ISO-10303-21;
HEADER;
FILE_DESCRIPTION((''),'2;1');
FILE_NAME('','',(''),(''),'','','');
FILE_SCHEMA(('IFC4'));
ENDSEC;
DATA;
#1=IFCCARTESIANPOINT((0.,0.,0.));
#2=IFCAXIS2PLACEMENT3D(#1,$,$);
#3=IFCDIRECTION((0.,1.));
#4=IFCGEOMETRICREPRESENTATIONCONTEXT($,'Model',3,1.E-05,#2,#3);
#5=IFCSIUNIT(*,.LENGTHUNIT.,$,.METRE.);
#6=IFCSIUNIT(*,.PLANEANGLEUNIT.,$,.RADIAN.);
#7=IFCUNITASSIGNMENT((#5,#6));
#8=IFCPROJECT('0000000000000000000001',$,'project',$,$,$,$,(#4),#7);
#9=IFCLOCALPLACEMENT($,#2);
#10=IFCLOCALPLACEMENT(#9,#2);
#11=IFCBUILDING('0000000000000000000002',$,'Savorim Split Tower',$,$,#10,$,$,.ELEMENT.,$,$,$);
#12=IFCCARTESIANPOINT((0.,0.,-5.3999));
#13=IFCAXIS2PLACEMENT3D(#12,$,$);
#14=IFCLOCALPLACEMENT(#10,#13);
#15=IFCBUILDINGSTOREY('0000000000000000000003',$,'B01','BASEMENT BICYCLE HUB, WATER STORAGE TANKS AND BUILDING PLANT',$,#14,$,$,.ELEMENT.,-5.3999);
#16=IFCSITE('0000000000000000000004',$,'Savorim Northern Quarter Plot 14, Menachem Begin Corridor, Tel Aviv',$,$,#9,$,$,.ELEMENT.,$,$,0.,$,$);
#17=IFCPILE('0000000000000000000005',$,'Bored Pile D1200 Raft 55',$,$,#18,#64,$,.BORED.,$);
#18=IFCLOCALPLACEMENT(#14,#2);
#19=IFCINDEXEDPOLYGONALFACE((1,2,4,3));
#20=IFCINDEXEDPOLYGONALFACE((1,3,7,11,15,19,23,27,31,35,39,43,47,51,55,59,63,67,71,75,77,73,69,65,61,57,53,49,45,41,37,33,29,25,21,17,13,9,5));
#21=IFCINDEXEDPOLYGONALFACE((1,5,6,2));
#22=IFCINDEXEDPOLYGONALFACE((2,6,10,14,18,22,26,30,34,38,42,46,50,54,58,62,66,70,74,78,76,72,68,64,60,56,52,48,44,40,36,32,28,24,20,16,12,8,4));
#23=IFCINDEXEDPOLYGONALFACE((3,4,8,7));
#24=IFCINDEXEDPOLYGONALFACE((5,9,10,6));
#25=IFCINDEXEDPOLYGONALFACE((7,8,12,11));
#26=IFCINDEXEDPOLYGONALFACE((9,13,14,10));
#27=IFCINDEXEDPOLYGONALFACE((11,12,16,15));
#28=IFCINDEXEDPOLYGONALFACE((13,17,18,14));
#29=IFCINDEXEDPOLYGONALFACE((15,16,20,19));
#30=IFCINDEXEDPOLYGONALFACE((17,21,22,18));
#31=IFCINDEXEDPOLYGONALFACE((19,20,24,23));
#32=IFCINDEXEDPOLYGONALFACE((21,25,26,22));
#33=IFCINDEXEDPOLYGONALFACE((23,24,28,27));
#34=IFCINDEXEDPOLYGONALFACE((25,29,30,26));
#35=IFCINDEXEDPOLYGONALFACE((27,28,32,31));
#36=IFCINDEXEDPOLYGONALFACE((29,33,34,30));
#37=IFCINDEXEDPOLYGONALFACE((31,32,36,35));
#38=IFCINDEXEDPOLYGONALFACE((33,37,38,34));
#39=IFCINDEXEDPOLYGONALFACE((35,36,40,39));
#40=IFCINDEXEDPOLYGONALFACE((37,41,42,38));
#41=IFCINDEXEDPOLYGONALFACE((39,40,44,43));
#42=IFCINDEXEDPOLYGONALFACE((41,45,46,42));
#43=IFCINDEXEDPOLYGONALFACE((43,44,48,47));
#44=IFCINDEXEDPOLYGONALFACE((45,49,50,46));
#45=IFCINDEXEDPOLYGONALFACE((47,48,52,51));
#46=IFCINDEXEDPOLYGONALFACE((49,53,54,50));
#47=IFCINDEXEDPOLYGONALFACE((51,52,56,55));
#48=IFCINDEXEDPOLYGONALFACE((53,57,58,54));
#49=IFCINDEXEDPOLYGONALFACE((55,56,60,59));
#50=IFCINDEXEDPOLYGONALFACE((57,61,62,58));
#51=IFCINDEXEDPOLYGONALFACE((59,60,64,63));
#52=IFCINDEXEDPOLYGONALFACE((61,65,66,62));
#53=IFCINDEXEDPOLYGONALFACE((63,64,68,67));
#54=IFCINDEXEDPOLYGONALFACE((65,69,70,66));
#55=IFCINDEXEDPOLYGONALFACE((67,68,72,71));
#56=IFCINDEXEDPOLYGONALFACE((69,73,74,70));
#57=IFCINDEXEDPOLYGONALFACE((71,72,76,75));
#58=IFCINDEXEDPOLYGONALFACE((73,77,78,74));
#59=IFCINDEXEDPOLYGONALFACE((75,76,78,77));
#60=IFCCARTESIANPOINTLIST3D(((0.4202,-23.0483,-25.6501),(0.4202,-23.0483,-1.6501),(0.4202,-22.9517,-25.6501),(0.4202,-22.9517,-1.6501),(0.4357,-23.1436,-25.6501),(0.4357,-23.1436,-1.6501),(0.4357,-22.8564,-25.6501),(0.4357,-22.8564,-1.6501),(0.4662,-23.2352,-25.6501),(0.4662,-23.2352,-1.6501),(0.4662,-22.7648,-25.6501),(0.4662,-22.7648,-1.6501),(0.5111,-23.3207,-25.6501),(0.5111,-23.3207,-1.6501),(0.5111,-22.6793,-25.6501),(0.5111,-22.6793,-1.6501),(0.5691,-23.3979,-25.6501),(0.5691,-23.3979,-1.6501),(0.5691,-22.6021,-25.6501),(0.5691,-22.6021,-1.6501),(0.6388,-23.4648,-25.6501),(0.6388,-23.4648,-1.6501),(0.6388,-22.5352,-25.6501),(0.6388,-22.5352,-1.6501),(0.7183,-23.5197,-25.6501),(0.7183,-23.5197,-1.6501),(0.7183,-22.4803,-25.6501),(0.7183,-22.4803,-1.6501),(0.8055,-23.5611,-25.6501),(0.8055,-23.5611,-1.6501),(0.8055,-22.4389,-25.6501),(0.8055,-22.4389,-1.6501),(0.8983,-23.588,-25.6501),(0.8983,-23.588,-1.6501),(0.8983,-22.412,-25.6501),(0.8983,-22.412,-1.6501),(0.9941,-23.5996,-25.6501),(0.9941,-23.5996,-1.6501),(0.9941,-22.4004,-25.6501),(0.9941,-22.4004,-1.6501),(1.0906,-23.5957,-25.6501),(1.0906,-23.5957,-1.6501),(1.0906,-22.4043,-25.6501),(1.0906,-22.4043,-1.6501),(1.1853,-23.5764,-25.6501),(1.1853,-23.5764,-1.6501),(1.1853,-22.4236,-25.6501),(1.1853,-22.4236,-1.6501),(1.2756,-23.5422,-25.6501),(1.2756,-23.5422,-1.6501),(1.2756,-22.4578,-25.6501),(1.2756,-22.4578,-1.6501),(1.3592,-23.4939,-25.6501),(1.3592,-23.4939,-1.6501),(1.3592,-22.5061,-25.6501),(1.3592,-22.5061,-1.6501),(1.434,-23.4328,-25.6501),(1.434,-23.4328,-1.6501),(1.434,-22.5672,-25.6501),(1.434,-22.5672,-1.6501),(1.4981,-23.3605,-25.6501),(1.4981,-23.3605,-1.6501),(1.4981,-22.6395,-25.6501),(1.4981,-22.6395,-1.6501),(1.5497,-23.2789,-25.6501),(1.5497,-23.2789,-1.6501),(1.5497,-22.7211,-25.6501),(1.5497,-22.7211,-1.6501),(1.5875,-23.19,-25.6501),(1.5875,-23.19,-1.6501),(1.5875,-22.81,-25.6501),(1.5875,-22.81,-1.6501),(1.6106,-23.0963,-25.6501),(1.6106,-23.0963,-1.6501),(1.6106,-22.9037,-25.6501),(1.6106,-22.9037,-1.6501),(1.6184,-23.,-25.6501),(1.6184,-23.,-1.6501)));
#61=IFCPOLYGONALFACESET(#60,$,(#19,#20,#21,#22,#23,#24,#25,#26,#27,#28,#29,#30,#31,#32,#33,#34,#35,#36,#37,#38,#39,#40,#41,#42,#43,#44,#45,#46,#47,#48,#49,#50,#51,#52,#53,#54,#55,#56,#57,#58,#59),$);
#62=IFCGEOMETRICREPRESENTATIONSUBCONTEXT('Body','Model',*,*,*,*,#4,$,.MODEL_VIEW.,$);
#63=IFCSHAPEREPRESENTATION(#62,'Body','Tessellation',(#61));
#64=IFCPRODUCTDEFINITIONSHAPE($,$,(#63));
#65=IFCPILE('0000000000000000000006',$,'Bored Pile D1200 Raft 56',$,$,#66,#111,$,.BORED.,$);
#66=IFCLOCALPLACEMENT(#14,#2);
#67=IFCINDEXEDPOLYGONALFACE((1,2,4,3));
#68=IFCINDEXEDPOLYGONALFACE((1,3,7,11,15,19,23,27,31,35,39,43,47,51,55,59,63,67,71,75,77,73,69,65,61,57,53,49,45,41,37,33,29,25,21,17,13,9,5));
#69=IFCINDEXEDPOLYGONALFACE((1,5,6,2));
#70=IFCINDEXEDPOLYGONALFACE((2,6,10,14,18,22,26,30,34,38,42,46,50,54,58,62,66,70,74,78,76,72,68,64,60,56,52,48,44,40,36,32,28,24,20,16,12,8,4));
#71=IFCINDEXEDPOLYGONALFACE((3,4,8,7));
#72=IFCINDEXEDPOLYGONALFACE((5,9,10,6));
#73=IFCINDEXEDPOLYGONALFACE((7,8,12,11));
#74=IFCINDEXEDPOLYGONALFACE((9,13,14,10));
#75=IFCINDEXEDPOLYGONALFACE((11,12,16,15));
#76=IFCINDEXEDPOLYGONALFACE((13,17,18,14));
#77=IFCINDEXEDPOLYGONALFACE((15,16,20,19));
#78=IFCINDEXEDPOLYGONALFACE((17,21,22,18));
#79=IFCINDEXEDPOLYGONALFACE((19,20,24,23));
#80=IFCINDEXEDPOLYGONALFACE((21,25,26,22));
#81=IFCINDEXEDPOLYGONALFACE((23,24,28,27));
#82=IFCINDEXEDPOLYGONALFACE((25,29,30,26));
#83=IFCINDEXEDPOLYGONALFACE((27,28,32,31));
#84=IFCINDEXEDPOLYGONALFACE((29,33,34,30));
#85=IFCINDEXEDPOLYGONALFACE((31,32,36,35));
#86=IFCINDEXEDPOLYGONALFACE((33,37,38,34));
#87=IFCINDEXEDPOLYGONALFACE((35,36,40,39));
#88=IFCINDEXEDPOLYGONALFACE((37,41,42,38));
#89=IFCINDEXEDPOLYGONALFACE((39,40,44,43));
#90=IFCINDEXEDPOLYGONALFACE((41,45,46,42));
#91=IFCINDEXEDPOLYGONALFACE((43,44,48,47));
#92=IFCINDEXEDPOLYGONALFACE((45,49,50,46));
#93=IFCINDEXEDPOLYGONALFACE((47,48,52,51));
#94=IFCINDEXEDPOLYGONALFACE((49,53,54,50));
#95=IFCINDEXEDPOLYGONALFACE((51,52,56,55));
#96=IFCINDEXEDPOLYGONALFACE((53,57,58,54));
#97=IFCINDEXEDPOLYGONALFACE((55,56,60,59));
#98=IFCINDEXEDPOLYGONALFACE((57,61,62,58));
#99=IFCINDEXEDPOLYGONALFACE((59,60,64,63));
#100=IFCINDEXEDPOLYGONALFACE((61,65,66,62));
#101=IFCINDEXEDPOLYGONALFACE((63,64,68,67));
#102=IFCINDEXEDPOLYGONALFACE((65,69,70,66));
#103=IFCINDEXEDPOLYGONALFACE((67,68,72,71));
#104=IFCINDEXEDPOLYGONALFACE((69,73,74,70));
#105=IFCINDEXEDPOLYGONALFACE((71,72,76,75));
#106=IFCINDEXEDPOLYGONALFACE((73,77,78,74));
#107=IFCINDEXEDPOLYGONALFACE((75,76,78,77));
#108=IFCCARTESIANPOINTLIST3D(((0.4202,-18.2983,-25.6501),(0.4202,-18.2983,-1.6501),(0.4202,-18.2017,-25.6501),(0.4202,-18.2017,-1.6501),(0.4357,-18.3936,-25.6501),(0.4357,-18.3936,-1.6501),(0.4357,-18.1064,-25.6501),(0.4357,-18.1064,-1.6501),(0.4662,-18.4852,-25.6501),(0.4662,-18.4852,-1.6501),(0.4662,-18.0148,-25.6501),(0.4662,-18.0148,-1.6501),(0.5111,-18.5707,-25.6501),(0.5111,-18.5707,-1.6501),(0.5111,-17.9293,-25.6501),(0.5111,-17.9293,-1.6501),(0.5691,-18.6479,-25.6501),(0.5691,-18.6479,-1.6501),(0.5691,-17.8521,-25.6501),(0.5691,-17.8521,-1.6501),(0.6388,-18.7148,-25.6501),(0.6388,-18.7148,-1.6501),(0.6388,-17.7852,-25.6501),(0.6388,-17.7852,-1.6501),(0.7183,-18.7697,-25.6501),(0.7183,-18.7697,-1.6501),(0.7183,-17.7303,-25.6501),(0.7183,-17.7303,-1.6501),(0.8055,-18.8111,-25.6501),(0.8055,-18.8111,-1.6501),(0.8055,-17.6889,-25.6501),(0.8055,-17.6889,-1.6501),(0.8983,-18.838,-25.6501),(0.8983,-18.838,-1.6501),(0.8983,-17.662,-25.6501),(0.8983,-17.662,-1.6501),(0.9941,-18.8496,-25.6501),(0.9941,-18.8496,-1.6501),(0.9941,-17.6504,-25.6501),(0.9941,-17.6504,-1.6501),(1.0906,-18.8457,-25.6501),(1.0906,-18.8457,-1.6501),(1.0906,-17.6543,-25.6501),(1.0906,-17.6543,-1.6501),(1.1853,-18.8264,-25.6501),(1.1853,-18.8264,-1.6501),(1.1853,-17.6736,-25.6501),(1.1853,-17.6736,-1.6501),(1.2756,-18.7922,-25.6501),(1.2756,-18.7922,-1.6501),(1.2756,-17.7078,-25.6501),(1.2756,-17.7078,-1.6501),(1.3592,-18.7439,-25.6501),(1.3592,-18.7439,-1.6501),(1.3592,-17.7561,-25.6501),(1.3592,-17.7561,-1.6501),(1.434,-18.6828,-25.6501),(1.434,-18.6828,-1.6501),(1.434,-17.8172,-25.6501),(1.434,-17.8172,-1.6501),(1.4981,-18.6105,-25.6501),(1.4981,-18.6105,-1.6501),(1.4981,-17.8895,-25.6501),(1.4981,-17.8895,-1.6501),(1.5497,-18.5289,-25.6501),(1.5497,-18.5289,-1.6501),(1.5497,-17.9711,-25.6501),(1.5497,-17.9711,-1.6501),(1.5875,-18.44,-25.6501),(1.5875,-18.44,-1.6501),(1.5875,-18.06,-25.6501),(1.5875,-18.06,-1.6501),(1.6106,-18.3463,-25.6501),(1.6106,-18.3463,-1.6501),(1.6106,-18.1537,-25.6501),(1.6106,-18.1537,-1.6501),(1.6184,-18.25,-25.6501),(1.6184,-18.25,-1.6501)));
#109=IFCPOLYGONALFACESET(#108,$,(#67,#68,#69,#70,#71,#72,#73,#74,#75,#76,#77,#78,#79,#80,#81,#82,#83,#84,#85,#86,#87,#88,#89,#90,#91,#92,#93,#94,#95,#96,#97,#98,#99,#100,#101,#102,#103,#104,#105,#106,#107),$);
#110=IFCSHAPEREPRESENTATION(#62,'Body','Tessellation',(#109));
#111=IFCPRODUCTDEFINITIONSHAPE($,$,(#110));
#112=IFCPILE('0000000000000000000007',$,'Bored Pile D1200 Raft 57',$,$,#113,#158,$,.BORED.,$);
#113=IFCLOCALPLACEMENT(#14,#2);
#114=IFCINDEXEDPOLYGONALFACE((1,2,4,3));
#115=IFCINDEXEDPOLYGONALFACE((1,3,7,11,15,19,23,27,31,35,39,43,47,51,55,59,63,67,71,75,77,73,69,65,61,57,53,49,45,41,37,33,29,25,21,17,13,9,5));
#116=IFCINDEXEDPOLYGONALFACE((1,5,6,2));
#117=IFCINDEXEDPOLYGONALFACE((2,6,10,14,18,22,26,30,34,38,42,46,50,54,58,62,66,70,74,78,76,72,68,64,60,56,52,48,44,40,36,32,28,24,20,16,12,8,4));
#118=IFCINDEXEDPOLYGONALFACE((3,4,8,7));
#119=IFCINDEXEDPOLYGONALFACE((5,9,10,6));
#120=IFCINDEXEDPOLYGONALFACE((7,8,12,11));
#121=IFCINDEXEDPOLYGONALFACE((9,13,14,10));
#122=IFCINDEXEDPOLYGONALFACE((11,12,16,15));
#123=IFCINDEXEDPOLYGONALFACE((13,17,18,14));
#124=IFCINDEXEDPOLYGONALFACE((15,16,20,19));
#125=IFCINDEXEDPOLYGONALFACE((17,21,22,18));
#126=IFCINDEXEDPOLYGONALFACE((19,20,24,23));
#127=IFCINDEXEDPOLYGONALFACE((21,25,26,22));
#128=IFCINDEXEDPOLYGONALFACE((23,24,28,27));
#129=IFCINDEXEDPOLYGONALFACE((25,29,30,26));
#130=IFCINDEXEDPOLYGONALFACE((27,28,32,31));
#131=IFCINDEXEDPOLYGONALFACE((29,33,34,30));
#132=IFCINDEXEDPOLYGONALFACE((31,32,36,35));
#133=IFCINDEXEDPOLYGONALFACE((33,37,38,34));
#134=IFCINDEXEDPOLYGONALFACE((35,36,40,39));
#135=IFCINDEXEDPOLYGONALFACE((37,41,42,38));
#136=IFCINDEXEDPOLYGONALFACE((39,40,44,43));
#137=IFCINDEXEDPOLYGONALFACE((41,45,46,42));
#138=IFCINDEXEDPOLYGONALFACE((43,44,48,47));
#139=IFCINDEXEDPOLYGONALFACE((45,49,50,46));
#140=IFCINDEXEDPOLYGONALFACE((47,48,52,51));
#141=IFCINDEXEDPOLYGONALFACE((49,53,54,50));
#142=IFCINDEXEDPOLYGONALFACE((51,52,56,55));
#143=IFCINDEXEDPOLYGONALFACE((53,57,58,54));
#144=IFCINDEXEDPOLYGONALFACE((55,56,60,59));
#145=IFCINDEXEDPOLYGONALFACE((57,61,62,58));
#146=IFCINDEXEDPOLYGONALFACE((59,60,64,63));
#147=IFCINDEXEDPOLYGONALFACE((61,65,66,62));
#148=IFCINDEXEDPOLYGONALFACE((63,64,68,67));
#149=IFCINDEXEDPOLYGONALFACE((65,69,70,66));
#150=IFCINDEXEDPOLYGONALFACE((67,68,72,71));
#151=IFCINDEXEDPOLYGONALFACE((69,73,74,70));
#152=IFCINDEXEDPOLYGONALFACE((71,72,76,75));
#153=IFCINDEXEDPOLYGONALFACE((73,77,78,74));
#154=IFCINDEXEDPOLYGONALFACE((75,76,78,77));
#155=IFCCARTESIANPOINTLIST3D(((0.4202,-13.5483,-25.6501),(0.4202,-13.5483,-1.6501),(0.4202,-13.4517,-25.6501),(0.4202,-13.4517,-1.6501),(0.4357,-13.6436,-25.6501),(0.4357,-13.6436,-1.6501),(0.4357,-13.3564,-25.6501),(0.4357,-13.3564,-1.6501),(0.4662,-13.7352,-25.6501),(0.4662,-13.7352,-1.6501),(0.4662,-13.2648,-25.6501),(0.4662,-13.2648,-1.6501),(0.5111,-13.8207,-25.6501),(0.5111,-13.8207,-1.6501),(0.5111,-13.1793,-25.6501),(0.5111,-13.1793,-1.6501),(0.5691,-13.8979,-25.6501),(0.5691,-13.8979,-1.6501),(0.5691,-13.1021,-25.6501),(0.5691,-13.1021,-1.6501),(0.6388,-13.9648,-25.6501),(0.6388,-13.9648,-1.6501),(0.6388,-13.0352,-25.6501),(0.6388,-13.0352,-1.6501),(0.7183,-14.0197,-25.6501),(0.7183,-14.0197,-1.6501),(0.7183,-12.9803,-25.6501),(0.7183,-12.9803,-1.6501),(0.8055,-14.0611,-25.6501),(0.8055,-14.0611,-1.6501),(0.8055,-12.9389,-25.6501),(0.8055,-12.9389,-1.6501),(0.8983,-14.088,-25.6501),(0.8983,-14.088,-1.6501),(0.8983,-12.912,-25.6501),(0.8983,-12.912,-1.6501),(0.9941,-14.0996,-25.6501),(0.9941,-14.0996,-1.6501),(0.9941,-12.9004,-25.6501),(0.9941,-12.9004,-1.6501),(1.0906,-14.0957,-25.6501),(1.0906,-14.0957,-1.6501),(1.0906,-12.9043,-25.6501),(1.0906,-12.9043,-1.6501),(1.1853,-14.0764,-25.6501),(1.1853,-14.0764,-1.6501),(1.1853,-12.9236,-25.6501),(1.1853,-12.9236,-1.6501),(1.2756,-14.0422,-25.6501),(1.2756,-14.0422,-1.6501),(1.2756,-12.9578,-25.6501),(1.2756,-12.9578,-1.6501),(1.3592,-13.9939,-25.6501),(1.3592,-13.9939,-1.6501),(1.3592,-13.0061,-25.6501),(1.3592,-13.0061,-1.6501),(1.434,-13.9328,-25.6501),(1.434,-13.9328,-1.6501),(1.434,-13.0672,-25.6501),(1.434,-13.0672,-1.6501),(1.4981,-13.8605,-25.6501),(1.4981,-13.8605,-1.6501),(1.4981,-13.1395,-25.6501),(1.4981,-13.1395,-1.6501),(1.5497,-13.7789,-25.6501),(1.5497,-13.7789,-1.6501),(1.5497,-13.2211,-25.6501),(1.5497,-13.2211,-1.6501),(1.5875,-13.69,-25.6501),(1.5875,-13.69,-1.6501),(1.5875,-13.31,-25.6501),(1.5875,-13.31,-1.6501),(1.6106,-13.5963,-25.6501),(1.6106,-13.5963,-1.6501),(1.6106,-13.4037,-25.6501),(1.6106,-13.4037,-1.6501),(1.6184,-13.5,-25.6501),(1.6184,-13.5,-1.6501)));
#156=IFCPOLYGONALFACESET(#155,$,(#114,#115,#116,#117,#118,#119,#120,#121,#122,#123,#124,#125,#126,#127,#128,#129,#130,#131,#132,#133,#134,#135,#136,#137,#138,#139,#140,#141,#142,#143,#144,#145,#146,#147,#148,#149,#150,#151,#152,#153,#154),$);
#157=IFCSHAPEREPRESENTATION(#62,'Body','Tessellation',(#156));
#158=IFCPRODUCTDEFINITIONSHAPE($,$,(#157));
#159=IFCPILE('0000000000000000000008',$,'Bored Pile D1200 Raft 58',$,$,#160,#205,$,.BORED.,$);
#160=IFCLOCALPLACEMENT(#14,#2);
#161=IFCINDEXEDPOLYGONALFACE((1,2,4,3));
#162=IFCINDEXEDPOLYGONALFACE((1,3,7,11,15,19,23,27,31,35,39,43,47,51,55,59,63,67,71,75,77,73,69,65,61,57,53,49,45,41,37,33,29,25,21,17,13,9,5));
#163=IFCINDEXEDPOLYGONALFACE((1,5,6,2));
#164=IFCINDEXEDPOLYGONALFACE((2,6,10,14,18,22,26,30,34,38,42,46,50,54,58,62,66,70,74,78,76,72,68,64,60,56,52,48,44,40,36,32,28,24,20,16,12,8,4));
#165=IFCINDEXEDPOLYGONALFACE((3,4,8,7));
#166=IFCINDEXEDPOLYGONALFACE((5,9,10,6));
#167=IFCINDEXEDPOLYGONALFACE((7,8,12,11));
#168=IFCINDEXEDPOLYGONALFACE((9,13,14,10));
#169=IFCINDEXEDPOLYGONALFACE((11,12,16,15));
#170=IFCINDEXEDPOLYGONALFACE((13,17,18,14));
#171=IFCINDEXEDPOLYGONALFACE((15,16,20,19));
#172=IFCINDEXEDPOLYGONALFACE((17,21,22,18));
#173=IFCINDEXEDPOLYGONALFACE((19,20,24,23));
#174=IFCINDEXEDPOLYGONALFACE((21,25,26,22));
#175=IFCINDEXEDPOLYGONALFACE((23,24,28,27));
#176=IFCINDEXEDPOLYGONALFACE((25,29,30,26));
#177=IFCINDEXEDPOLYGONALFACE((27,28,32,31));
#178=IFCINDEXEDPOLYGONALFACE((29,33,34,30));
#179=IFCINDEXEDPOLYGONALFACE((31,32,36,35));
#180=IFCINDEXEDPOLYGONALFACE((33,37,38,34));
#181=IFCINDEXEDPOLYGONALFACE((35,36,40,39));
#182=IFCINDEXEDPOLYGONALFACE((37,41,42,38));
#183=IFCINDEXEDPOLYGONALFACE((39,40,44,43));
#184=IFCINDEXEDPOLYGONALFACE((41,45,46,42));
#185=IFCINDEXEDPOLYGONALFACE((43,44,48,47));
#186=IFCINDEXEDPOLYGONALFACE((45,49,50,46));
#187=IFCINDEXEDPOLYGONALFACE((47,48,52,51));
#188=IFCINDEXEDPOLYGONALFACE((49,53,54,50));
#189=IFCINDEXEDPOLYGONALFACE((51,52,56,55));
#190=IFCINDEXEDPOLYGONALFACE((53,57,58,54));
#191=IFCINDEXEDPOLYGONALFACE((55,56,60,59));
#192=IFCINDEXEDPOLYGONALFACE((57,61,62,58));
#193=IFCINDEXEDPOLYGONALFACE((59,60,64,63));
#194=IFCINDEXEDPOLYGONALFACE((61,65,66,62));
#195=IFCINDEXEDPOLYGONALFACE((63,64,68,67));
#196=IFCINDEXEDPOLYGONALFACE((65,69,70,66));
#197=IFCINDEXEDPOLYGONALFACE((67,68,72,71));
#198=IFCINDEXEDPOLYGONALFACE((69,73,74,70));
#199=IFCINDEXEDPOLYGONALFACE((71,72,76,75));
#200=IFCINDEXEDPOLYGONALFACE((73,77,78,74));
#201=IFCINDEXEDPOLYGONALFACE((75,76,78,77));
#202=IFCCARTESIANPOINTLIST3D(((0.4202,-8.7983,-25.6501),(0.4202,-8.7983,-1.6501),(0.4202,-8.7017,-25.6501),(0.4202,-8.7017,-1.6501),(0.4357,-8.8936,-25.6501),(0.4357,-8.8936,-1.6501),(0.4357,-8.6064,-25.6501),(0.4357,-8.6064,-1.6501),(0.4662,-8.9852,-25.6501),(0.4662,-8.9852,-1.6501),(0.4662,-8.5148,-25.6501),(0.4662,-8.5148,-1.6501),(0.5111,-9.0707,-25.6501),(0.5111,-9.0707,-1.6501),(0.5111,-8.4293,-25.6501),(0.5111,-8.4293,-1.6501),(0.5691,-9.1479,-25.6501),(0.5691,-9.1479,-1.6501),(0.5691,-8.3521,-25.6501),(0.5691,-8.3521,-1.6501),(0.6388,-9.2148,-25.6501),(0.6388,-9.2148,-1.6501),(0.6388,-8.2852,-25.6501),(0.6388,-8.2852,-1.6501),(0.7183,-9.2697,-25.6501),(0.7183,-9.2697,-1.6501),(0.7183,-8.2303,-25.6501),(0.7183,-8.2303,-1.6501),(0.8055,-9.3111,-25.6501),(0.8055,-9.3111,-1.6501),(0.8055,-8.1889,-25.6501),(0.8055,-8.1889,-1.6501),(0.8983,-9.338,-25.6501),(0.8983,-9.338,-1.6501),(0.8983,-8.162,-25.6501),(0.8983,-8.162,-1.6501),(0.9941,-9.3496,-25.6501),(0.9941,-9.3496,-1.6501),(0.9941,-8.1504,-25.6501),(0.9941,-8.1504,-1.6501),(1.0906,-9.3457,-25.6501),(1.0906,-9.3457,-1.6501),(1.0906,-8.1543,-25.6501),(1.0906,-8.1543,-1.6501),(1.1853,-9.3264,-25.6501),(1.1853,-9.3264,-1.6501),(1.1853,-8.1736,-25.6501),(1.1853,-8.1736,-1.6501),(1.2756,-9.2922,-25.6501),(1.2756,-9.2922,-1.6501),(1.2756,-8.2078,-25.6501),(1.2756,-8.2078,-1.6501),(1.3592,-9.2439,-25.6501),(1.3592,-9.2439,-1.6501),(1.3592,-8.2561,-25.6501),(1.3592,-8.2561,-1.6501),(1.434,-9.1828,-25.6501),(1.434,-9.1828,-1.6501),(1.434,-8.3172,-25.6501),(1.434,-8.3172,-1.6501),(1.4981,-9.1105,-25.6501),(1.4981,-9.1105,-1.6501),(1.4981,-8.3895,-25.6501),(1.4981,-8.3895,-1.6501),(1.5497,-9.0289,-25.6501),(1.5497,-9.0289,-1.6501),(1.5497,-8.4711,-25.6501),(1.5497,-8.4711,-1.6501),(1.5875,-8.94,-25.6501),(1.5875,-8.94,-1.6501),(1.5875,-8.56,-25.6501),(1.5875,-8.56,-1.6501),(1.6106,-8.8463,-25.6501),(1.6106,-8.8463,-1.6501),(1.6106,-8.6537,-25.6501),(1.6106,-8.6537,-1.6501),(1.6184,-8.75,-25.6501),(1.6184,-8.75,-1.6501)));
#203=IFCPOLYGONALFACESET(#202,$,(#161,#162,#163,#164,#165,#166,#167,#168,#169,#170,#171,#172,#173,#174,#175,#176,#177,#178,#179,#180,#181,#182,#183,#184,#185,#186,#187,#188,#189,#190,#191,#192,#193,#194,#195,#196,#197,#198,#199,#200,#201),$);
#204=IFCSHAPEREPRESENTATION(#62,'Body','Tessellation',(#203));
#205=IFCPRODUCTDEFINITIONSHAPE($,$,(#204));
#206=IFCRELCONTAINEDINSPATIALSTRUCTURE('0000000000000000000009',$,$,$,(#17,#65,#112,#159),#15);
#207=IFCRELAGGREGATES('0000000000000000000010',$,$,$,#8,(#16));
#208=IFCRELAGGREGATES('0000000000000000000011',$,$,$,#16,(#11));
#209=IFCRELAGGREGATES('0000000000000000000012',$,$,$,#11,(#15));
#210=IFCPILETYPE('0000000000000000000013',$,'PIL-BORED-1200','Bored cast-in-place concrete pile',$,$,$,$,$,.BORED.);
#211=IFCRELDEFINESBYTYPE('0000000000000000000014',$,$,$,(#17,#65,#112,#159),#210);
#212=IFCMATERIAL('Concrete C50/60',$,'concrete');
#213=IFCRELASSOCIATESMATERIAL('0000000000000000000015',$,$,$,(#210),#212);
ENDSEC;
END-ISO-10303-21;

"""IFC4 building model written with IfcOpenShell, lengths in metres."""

from ifc_helpers import new_model, si_unit, direction, frame, origin, origin_2d, place, context, subcontext, project, spatial, circle, extrude, material, material_profile, profile_set, type_object, element, save


model = new_model("IFC4")

# Units and contexts
model_context = context("Model", 3, precision=1e-05, world=origin(), true_north=direction((0.0, 1.0)))
body_context = subcontext(model_context, "Body", "Model", "MODEL_VIEW")
ifc_project = project(units=[si_unit("LENGTHUNIT", "METRE"), si_unit("PLANEANGLEUNIT", "RADIAN")], contexts=[model_context])

# Site, building, storey
site_placement = place(None, origin())
site = spatial("IfcSite", under=ifc_project, at=site_placement, Name="Savorim Northern Quarter Plot 14, Menachem Begin Corridor, Tel Aviv", CompositionType="ELEMENT", RefElevation=0.0)
building_placement = place(site_placement, origin())
building = spatial("IfcBuilding", under=site, at=building_placement, Name="Savorim Split Tower", CompositionType="ELEMENT")
storey_placement = place(building_placement, frame((0.0, 0.0, -5.3999)))
storey = spatial("IfcBuildingStorey", under=building, at=storey_placement, Name="B01", Description="BASEMENT BICYCLE HUB, WATER STORAGE TANKS AND BUILDING PLANT", CompositionType="ELEMENT", Elevation=-5.3999)

# Piles
ifc_material_1 = material(Name="Concrete C50/60", Category="concrete")
ifc_material_profile_1 = material_profile(ifc_material_1, circle(Radius=0.6001, at=origin_2d()), Name="PILE D1200")
ifc_profile_set_1 = profile_set([ifc_material_profile_1], Name="Concrete C50/60")
pile_type = type_object("IfcPileType", Name="PIL-BORED-1200", Description="Bored cast-in-place concrete pile", PredefinedType="BORED", material=ifc_profile_set_1)
for number, where, z_axis, x_axis, name in (
    (1, (1.0183, -23.0, -1.6501), (0.0, 0.0, -1.0), (1.0, 0.0, 0.0), "Bored Pile D1200 Raft 55"),
    (2, (1.0183, -18.25, -1.6501), (0.0, 0.0, -1.0), (1.0, 0.0, 0.0), "Bored Pile D1200 Raft 56"),
    (3, (1.0183, -13.5, -1.6501), (0.0, 0.0, -1.0), (1.0, 0.0, 0.0), "Bored Pile D1200 Raft 57"),
    (4, (1.0183, -8.75, -1.6501), (0.0, 0.0, -1.0), (1.0, 0.0, 0.0), "Bored Pile D1200 Raft 58"),
):
    element("IfcPile", number, at=place(storey_placement, frame(where, z_axis=z_axis, x_axis=x_axis)), inside=storey, type_object=pile_type, Name=name, PredefinedType="BORED", context=body_context, shape_type="SweptSolid", body=[
        extrude(circle(Radius=0.6001, at=origin_2d()), origin(), (0.0, 0.0, 1.0), 24.0),
    ])

save(model, "model.ifc")
